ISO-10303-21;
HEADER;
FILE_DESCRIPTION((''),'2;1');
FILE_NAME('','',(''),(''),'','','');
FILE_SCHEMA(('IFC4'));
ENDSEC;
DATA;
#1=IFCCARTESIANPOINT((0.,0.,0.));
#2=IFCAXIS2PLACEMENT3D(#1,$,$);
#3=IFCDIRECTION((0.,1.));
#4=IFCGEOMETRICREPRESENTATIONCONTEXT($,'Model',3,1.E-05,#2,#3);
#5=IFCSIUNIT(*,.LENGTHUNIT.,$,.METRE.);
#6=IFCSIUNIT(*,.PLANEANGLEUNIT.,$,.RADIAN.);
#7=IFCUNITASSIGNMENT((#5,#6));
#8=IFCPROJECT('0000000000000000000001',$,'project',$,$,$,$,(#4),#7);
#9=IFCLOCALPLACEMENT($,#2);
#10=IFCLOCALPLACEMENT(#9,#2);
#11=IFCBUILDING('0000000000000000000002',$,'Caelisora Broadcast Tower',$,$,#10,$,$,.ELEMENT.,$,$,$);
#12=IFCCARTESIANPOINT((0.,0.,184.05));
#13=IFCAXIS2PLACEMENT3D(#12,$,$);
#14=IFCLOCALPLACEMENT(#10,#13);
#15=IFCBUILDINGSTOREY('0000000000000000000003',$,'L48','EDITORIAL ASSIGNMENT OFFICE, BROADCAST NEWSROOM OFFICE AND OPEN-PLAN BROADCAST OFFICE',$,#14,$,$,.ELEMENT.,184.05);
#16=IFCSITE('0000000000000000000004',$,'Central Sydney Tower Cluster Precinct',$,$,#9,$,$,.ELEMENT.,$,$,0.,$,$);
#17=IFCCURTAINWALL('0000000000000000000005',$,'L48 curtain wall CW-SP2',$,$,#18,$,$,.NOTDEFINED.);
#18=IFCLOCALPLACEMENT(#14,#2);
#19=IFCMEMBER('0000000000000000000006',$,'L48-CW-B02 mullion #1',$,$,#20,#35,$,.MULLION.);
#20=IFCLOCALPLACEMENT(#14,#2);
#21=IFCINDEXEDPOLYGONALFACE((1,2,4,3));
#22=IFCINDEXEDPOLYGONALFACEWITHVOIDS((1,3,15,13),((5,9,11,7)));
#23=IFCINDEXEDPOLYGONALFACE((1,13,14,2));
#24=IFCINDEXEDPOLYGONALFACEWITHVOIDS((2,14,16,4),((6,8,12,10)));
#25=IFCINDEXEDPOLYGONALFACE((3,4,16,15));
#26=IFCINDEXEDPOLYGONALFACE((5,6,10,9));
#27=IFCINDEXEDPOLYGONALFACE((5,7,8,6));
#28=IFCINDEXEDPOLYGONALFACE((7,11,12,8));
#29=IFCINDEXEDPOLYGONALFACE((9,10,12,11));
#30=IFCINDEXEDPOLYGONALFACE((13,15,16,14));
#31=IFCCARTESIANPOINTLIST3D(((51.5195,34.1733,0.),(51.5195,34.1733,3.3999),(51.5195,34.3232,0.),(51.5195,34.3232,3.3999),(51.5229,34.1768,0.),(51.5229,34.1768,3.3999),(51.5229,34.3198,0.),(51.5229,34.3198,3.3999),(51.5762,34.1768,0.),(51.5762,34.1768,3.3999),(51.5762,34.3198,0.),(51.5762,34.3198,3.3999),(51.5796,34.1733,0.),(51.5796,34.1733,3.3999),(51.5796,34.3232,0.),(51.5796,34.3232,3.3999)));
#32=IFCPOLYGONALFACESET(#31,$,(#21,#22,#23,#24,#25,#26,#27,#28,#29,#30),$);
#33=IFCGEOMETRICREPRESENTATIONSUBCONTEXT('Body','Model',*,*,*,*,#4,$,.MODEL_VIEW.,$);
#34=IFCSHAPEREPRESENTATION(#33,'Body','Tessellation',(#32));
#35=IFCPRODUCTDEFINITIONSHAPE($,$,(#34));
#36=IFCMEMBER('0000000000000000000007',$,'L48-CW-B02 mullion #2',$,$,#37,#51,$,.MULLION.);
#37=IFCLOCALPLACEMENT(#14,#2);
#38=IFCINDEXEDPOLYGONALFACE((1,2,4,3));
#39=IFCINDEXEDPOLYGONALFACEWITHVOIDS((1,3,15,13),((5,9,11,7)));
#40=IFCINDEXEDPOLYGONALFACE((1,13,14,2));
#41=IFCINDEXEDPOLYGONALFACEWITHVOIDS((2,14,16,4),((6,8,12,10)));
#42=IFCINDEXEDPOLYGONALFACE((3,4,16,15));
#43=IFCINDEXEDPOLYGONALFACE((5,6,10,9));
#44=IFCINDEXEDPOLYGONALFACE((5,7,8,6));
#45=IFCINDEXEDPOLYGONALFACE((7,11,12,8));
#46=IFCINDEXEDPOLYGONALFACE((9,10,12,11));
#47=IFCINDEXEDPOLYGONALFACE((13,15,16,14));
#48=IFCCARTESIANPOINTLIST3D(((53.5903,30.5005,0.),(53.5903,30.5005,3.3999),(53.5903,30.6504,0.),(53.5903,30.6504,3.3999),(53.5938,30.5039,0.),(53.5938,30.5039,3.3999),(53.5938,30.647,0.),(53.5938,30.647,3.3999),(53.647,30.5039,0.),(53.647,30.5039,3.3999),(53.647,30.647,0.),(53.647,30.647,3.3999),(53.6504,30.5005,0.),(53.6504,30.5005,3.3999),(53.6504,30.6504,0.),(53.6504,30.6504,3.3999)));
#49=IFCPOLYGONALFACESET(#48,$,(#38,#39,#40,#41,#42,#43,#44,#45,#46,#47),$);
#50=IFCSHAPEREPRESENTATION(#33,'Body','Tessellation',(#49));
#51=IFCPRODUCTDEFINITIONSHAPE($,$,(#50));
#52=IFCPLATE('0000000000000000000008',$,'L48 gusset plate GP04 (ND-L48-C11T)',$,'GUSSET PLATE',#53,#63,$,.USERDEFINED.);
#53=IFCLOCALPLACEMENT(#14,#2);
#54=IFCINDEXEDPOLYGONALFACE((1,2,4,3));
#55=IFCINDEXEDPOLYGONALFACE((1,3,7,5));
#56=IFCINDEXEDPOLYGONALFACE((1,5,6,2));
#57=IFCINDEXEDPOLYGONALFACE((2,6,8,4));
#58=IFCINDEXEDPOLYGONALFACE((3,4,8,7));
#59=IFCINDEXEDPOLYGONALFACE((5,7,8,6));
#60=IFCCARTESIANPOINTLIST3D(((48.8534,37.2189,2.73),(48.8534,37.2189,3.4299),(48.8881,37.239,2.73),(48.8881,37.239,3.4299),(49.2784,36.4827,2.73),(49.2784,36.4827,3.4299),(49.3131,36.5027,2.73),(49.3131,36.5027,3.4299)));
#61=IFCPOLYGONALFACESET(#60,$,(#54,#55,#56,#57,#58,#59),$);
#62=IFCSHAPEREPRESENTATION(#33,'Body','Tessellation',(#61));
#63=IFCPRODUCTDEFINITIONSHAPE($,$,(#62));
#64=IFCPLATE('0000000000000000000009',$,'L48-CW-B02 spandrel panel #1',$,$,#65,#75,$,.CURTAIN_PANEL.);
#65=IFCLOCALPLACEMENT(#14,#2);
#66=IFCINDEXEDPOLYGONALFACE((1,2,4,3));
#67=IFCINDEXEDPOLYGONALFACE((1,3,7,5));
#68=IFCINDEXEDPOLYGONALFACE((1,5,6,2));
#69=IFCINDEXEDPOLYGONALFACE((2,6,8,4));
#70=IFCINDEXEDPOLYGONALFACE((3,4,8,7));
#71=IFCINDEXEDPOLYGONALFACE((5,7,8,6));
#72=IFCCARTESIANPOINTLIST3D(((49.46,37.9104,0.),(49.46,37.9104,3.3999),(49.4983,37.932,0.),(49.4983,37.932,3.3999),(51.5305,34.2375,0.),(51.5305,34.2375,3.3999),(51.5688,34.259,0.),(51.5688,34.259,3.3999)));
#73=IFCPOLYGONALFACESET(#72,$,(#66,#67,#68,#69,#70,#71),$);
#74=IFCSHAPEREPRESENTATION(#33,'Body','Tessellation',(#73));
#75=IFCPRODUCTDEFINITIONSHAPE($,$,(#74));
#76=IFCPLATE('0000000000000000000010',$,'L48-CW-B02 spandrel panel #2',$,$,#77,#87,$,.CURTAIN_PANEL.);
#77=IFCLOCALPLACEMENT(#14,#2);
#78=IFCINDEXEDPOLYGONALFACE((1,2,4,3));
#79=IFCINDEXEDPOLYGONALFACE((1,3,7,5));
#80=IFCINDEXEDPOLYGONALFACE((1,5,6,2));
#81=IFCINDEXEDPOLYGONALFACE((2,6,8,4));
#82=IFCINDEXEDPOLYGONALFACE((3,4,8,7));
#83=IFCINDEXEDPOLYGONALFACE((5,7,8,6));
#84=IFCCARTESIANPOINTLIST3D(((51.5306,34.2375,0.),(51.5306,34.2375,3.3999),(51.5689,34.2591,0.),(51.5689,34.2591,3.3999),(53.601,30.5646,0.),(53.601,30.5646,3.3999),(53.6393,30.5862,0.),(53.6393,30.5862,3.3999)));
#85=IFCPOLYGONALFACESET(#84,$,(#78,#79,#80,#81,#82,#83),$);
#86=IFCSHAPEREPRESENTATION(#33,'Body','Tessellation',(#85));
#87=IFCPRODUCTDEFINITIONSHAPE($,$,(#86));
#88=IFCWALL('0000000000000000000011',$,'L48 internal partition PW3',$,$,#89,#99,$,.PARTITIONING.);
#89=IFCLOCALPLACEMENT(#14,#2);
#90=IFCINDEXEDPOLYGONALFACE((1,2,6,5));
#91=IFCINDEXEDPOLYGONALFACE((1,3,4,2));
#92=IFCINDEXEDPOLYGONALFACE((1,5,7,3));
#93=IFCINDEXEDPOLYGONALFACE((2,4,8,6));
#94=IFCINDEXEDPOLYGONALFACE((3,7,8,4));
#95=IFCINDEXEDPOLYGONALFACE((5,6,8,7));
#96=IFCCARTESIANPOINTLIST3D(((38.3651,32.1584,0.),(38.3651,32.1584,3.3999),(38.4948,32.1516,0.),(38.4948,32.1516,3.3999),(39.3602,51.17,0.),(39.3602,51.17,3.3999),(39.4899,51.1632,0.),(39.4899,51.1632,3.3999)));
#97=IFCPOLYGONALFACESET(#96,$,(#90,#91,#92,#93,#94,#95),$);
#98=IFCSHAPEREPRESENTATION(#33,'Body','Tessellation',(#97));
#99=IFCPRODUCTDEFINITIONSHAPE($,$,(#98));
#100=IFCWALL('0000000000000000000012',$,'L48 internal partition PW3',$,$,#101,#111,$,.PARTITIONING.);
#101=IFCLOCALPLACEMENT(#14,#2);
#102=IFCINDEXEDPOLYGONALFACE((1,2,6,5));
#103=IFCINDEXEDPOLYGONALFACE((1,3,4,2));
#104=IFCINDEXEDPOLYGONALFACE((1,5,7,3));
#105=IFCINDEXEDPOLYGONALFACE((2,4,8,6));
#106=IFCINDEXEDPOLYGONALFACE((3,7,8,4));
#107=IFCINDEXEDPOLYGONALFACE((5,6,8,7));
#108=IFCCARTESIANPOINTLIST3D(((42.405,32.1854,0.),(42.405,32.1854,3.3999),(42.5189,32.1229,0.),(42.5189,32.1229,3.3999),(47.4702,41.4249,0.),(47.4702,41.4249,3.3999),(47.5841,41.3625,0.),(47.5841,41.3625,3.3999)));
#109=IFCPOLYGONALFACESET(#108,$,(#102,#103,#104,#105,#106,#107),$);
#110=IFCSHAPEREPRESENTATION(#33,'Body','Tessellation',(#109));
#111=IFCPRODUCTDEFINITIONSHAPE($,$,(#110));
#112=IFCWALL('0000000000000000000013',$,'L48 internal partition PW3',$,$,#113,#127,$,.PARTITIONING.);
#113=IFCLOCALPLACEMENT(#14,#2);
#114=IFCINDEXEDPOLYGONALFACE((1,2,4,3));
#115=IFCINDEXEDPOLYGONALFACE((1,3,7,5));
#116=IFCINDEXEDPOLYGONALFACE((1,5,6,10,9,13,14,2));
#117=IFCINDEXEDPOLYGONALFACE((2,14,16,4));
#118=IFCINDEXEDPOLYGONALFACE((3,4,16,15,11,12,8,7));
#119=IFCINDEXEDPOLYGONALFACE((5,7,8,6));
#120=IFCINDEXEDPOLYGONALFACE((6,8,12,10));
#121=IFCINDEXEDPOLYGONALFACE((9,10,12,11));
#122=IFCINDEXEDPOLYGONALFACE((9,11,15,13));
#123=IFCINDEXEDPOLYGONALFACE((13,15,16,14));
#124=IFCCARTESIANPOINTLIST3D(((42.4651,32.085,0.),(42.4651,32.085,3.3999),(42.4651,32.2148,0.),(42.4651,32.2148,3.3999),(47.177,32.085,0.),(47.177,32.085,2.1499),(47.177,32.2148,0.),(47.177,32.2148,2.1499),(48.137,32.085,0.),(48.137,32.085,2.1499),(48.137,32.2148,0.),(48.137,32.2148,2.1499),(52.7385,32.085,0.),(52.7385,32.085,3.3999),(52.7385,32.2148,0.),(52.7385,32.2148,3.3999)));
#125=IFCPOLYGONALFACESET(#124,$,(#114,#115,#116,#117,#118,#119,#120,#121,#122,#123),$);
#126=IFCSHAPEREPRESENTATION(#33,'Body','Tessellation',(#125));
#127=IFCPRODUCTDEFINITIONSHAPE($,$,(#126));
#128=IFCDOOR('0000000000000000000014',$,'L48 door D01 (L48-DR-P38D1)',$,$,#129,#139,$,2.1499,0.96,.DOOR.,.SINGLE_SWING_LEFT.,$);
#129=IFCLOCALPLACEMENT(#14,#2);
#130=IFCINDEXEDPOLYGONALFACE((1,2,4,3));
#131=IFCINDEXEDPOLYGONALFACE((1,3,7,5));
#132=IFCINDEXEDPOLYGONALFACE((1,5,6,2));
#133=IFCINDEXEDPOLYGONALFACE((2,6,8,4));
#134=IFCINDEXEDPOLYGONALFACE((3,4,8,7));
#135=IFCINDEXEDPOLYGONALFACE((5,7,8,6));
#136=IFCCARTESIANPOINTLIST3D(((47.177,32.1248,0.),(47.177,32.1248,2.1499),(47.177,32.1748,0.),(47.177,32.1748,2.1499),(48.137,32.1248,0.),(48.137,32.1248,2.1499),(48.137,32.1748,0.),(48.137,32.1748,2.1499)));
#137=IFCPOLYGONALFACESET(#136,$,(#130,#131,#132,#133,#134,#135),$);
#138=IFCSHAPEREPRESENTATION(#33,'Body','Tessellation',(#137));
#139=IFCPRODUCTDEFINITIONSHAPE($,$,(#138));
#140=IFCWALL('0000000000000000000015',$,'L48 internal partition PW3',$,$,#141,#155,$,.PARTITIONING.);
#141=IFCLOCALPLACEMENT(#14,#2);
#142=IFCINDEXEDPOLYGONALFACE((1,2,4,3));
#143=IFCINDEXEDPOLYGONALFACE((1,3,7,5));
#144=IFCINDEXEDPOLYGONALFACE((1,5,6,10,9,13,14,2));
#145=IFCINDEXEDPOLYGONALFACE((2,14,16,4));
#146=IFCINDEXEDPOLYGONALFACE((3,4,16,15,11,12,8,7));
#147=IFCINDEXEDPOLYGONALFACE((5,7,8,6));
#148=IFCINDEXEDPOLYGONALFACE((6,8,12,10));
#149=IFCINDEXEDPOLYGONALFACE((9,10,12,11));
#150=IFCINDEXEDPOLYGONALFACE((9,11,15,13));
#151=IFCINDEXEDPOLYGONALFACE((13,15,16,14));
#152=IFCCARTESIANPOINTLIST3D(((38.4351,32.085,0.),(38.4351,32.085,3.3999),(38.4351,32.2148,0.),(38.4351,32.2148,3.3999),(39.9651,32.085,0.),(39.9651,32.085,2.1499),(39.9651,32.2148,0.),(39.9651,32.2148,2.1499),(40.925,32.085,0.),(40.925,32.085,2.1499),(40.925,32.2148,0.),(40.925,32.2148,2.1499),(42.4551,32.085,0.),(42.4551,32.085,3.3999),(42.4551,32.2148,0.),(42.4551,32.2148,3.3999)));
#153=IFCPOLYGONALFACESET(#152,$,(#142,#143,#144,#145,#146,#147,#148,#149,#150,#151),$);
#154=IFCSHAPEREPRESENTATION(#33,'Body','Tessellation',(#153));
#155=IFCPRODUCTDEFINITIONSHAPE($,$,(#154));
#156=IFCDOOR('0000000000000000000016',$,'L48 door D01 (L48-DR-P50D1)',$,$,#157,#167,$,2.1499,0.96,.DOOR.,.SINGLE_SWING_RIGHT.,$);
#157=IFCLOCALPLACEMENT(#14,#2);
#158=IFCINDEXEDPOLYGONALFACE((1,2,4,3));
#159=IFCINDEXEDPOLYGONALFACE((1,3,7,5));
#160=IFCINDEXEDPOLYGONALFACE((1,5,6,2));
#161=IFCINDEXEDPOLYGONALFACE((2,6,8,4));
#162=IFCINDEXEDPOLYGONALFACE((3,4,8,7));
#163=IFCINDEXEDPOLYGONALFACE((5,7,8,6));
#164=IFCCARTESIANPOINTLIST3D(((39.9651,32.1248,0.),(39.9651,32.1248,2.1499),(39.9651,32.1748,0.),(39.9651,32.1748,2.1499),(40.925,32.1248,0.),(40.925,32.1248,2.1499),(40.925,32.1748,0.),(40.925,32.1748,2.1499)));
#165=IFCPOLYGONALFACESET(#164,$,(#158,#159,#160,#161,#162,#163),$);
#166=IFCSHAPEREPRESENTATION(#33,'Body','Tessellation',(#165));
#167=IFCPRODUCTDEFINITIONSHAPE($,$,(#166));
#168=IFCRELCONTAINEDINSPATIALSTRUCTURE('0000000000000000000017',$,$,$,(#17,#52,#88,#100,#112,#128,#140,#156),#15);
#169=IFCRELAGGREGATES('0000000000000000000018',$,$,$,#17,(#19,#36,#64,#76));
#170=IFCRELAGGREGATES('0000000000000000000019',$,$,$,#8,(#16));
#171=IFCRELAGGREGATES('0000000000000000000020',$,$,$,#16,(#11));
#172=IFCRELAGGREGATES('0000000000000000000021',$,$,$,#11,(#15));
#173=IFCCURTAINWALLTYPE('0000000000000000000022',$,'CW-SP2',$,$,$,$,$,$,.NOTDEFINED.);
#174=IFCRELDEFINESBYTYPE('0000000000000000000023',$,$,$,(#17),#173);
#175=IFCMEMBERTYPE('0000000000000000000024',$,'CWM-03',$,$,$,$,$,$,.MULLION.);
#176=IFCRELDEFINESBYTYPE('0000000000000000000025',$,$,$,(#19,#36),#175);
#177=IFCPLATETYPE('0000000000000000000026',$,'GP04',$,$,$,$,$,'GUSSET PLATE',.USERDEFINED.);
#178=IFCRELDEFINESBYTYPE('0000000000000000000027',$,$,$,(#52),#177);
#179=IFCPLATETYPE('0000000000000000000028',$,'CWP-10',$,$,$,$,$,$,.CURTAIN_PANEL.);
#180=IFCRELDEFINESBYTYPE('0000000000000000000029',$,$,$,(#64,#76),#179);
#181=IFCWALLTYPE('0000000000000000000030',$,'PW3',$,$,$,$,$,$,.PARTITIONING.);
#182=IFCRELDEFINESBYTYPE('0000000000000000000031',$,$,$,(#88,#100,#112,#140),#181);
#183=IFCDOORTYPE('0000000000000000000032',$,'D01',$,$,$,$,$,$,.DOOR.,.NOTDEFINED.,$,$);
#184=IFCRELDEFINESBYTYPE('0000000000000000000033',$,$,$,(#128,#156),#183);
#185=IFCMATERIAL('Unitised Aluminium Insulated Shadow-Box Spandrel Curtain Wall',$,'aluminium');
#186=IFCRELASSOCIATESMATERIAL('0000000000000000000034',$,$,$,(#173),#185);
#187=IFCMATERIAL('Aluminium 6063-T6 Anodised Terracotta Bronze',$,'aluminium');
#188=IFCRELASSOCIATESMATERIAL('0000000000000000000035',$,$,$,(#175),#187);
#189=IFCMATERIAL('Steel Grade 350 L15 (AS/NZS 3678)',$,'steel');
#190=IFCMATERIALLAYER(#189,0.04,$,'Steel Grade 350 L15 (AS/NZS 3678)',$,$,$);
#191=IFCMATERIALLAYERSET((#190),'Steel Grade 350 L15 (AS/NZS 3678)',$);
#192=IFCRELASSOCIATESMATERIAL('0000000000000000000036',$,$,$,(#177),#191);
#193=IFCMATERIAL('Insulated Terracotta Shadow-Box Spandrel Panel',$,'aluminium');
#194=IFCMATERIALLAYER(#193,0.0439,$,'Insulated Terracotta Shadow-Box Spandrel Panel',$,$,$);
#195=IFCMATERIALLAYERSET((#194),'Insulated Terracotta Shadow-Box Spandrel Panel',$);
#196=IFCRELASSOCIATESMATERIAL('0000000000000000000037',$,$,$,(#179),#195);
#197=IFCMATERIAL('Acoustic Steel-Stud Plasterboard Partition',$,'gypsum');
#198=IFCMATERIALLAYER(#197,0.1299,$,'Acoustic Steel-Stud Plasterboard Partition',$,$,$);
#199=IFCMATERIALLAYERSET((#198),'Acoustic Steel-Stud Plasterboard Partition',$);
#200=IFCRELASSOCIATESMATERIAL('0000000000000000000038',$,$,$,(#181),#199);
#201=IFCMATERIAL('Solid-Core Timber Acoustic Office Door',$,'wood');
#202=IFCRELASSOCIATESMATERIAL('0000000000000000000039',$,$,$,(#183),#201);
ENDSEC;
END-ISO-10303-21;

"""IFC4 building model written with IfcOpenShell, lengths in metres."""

from ifc_helpers import new_model, si_unit, direction, frame, frame_2d, origin, origin_2d, place, context, subcontext, project, spatial, rectangle, hollow_rectangle, extrude, source, transform, mapped, material, layer, layer_set, material_profile, profile_set, type_object, type_shapes, element, fill, aggregate, save


model = new_model("IFC4")

# Units and contexts
model_context = context("Model", 3, precision=1e-05, world=origin(), true_north=direction((0.0, 1.0)))
body_context = subcontext(model_context, "Body", "Model", "MODEL_VIEW")
ifc_project = project(units=[si_unit("LENGTHUNIT", "METRE"), si_unit("PLANEANGLEUNIT", "RADIAN")], contexts=[model_context])

# Site, building, storey
site_placement = place(None, origin())
site = spatial("IfcSite", under=ifc_project, at=site_placement, Name="Central Sydney Tower Cluster Precinct", CompositionType="ELEMENT", RefElevation=0.0)
building_placement = place(site_placement, origin())
building = spatial("IfcBuilding", under=site, at=building_placement, Name="Caelisora Broadcast Tower", CompositionType="ELEMENT")
storey_placement = place(building_placement, frame((0.0, 0.0, 184.05)))
storey = spatial("IfcBuildingStorey", under=building, at=storey_placement, Name="L48", Description="EDITORIAL ASSIGNMENT OFFICE, BROADCAST NEWSROOM OFFICE AND OPEN-PLAN BROADCAST OFFICE", CompositionType="ELEMENT", Elevation=184.05)

# Shared definitions
ifc_material_1 = material(Name="Steel Grade 350 L15 (AS/NZS 3678)", Category="steel")

# Curtain wall, members
ifc_material_2 = material(Name="Unitised Aluminium Insulated Shadow-Box Spandrel Curtain Wall", Category="aluminium")
curtain_wall_type = type_object("IfcCurtainWallType", Name="CW-SP2", PredefinedType="NOTDEFINED", material=ifc_material_2)
curtain_wall_placement = place(storey_placement, origin())
curtain_wall = element("IfcCurtainWall", 1, at=curtain_wall_placement, inside=storey, type_object=curtain_wall_type, Name="L48 curtain wall CW-SP2", PredefinedType="NOTDEFINED")
ifc_material_3 = material(Name="Aluminium 6063-T6 Anodised Terracotta Bronze", Category="aluminium")
ifc_material_profile_1 = material_profile(ifc_material_3, hollow_rectangle(XDim=0.0601, YDim=0.1499, WallThickness=0.0034, at=origin_2d()), Name="Aluminium 6063-T6 Anodised Terracotta Bronze")
ifc_profile_set_1 = profile_set([ifc_material_profile_1], Name="Aluminium 6063-T6 Anodised Terracotta Bronze")
member_type = type_object("IfcMemberType", Name="CWM-03", PredefinedType="MULLION", material=ifc_profile_set_1)
shared_shape_1 = source(origin(), body_context, "Body", "SweptSolid", [
    extrude(hollow_rectangle(XDim=0.0601, YDim=0.1499, WallThickness=0.0034, at=origin_2d()), origin(), (0.0, 0.0, 1.0), 3.3999),
])
type_shapes(member_type, [shared_shape_1])
member_1_placement = place(storey_placement, frame((51.5496, 34.2483, 0.0), z_axis=(0.0, 0.0, 1.0), x_axis=(1.0, 0.0, 0.0)))
member_1 = element("IfcMember", 2, at=member_1_placement, type_object=member_type, Name="L48-CW-B02 mullion #1", PredefinedType="MULLION", context=body_context, shape_type="MappedRepresentation", body=[
    mapped(shared_shape_1, transform((0.0, 0.0, 0.0), scale=1.0)),
])
member_2_placement = place(storey_placement, frame((53.6204, 30.5754, 0.0), z_axis=(0.0, 0.0, 1.0), x_axis=(1.0, 0.0, 0.0)))
member_2 = element("IfcMember", 3, at=member_2_placement, type_object=member_type, Name="L48-CW-B02 mullion #2", PredefinedType="MULLION", context=body_context, shape_type="MappedRepresentation", body=[
    mapped(shared_shape_1, transform((0.0, 0.0, 0.0), scale=1.0)),
])

# Plates
ifc_layer_1 = layer(ifc_material_1, 0.04, Name="Steel Grade 350 L15 (AS/NZS 3678)")
ifc_layer_set_1 = layer_set([ifc_layer_1], Name="Steel Grade 350 L15 (AS/NZS 3678)")
plate_type_1 = type_object("IfcPlateType", Name="GP04", ElementType="GUSSET PLATE", PredefinedType="USERDEFINED", material=ifc_layer_set_1)
shared_shape_2 = source(origin(), body_context, "Body", "SweptSolid", [
    extrude(rectangle(XDim=0.8501, YDim=0.04, at=origin_2d()), origin(), (0.0, 0.0, 1.0), 0.7),
])
type_shapes(plate_type_1, [shared_shape_2])
plate_1_placement = place(storey_placement, frame((49.0833, 36.8608, 2.73), z_axis=(0.0, 0.0, 1.0), x_axis=(-0.5, 0.866025, 0.0)))
element("IfcPlate", 4, at=plate_1_placement, inside=storey, type_object=plate_type_1, Name="L48 gusset plate GP04 (ND-L48-C11T)", ObjectType="GUSSET PLATE", PredefinedType="USERDEFINED", context=body_context, shape_type="MappedRepresentation", body=[
    mapped(shared_shape_2, transform((0.0, 0.0, 0.0), scale=1.0)),
])
ifc_material_4 = material(Name="Insulated Terracotta Shadow-Box Spandrel Panel", Category="aluminium")
ifc_layer_2 = layer(ifc_material_4, 0.0439, Name="Insulated Terracotta Shadow-Box Spandrel Panel")
ifc_layer_set_2 = layer_set([ifc_layer_2], Name="Insulated Terracotta Shadow-Box Spandrel Panel")
plate_type_2 = type_object("IfcPlateType", Name="CWP-10", PredefinedType="CURTAIN_PANEL", material=ifc_layer_set_2)
shared_shape_3 = source(origin(), body_context, "Body", "SweptSolid", [
    extrude(rectangle(XDim=4.2163, YDim=0.0439, at=origin_2d()), origin(), (0.0, 0.0, 1.0), 3.3999),
])
type_shapes(plate_type_2, [shared_shape_3])
plate_2_placement = place(storey_placement, frame((50.5144, 36.0847, 0.0), z_axis=(0.0, 0.0, 1.0), x_axis=(0.491056, -0.871128, 0.0)))
plate_2 = element("IfcPlate", 5, at=plate_2_placement, type_object=plate_type_2, Name="L48-CW-B02 spandrel panel #1", PredefinedType="CURTAIN_PANEL", context=body_context, shape_type="MappedRepresentation", body=[
    mapped(shared_shape_3, transform((0.0, 0.0, 0.0), scale=1.0)),
])
plate_3_placement = place(storey_placement, frame((52.585, 32.4119, 0.0), z_axis=(0.0, 0.0, 1.0), x_axis=(0.491056, -0.871128, 0.0)))
plate_3 = element("IfcPlate", 6, at=plate_3_placement, type_object=plate_type_2, Name="L48-CW-B02 spandrel panel #2", PredefinedType="CURTAIN_PANEL", context=body_context, shape_type="MappedRepresentation", body=[
    mapped(shared_shape_3, transform((0.0, 0.0, 0.0), scale=1.0)),
])
aggregate(curtain_wall, [member_1, member_2, plate_2, plate_3])

# Walls
ifc_material_5 = material(Name="Acoustic Steel-Stud Plasterboard Partition", Category="gypsum")
ifc_layer_3 = layer(ifc_material_5, 0.1299, Name="Acoustic Steel-Stud Plasterboard Partition")
ifc_layer_set_3 = layer_set([ifc_layer_3], Name="Acoustic Steel-Stud Plasterboard Partition")
wall_type = type_object("IfcWallType", Name="PW3", PredefinedType="PARTITIONING", material=ifc_layer_set_3)
wall_1_placement = place(storey_placement, frame((38.4299, 32.155, 0.0), z_axis=(0.0, 0.0, 1.0), x_axis=(0.052271, 0.998633, 0.0)))
element("IfcWall", 7, at=wall_1_placement, inside=storey, type_object=wall_type, Name="L48 internal partition PW3", PredefinedType="PARTITIONING", context=body_context, shape_type="SweptSolid", body=[
    extrude(rectangle(XDim=19.0376, YDim=0.1299, at=frame_2d((9.5188, 0.0))), origin(), (0.0, 0.0, 1.0), 3.3999),
])
wall_2_placement = place(storey_placement, frame((42.4619, 32.1541, 0.0), z_axis=(0.0, 0.0, 1.0), x_axis=(0.480713, 0.876878, 0.0)))
element("IfcWall", 8, at=wall_2_placement, inside=storey, type_object=wall_type, Name="L48 internal partition PW3", PredefinedType="PARTITIONING", context=body_context, shape_type="SweptSolid", body=[
    extrude(rectangle(XDim=10.5369, YDim=0.1299, at=frame_2d((5.2686, 0.0))), origin(), (0.0, 0.0, 1.0), 3.3999),
])

# Walls, openings, doors
wall_3_placement = place(storey_placement, frame((42.4651, 32.1499, 0.0), z_axis=(0.0, 0.0, 1.0), x_axis=(1.0, 0.0, 0.0)))
wall_3 = element("IfcWall", 9, at=wall_3_placement, inside=storey, type_object=wall_type, Name="L48 internal partition PW3", PredefinedType="PARTITIONING", context=body_context, shape_type="SweptSolid", body=[
    extrude(rectangle(XDim=10.2734, YDim=0.1299, at=frame_2d((5.1367, 0.0))), origin(), (0.0, 0.0, 1.0), 3.3999),
])
opening_1_placement = place(wall_3_placement, frame((4.7119, 0.0, 0.0)))
opening_1 = element("IfcOpeningElement", 10, at=opening_1_placement, cuts=wall_3, PredefinedType="OPENING", context=body_context, shape_type="SweptSolid", body=[
    extrude(rectangle(XDim=0.96, YDim=2.1499, at=frame_2d((0.48, 1.075))), frame((0.0, 0.0769, 0.0), z_axis=(0.0, -1.0, 0.0), x_axis=(1.0, 0.0, 0.0)), (0.0, 0.0, 1.0), 0.1538),
])
ifc_material_6 = material(Name="Solid-Core Timber Acoustic Office Door", Category="wood")
door_type = type_object("IfcDoorType", Name="D01", OperationType="NOTDEFINED", PredefinedType="DOOR", material=ifc_material_6)
door_1_placement = place(opening_1_placement, origin())
door_1 = element("IfcDoor", 11, at=door_1_placement, inside=storey, type_object=door_type, Name="L48 door D01 (L48-DR-P38D1)", OperationType="SINGLE_SWING_LEFT", OverallHeight=2.1499, OverallWidth=0.96, PredefinedType="DOOR", context=body_context, shape_type="SweptSolid", body=[
    extrude(rectangle(XDim=0.96, YDim=2.1499, at=frame_2d((0.48, 1.075))), frame((0.0, 0.0249, 0.0), z_axis=(0.0, -1.0, 0.0), x_axis=(1.0, 0.0, 0.0)), (0.0, 0.0, 1.0), 0.05),
])
fill(opening_1, door_1)
wall_4_placement = place(storey_placement, frame((38.4351, 32.1499, 0.0), z_axis=(0.0, 0.0, 1.0), x_axis=(1.0, 0.0, 0.0)))
wall_4 = element("IfcWall", 12, at=wall_4_placement, inside=storey, type_object=wall_type, Name="L48 internal partition PW3", PredefinedType="PARTITIONING", context=body_context, shape_type="SweptSolid", body=[
    extrude(rectangle(XDim=4.02, YDim=0.1299, at=frame_2d((2.01, 0.0))), origin(), (0.0, 0.0, 1.0), 3.3999),
])
opening_2_placement = place(wall_4_placement, frame((1.53, 0.0, 0.0)))
opening_2 = element("IfcOpeningElement", 13, at=opening_2_placement, cuts=wall_4, PredefinedType="OPENING", context=body_context, shape_type="SweptSolid", body=[
    extrude(rectangle(XDim=0.96, YDim=2.1499, at=frame_2d((0.48, 1.075))), frame((0.0, 0.0769, 0.0), z_axis=(0.0, -1.0, 0.0), x_axis=(1.0, 0.0, 0.0)), (0.0, 0.0, 1.0), 0.1538),
])
door_2_placement = place(opening_2_placement, origin())
door_2 = element("IfcDoor", 14, at=door_2_placement, inside=storey, type_object=door_type, Name="L48 door D01 (L48-DR-P50D1)", OperationType="SINGLE_SWING_RIGHT", OverallHeight=2.1499, OverallWidth=0.96, PredefinedType="DOOR", context=body_context, shape_type="SweptSolid", body=[
    extrude(rectangle(XDim=0.96, YDim=2.1499, at=frame_2d((0.48, 1.075))), frame((0.0, 0.0249, 0.0), z_axis=(0.0, -1.0, 0.0), x_axis=(1.0, 0.0, 0.0)), (0.0, 0.0, 1.0), 0.05),
])
fill(opening_2, door_2)

save(model, "model.ifc")
